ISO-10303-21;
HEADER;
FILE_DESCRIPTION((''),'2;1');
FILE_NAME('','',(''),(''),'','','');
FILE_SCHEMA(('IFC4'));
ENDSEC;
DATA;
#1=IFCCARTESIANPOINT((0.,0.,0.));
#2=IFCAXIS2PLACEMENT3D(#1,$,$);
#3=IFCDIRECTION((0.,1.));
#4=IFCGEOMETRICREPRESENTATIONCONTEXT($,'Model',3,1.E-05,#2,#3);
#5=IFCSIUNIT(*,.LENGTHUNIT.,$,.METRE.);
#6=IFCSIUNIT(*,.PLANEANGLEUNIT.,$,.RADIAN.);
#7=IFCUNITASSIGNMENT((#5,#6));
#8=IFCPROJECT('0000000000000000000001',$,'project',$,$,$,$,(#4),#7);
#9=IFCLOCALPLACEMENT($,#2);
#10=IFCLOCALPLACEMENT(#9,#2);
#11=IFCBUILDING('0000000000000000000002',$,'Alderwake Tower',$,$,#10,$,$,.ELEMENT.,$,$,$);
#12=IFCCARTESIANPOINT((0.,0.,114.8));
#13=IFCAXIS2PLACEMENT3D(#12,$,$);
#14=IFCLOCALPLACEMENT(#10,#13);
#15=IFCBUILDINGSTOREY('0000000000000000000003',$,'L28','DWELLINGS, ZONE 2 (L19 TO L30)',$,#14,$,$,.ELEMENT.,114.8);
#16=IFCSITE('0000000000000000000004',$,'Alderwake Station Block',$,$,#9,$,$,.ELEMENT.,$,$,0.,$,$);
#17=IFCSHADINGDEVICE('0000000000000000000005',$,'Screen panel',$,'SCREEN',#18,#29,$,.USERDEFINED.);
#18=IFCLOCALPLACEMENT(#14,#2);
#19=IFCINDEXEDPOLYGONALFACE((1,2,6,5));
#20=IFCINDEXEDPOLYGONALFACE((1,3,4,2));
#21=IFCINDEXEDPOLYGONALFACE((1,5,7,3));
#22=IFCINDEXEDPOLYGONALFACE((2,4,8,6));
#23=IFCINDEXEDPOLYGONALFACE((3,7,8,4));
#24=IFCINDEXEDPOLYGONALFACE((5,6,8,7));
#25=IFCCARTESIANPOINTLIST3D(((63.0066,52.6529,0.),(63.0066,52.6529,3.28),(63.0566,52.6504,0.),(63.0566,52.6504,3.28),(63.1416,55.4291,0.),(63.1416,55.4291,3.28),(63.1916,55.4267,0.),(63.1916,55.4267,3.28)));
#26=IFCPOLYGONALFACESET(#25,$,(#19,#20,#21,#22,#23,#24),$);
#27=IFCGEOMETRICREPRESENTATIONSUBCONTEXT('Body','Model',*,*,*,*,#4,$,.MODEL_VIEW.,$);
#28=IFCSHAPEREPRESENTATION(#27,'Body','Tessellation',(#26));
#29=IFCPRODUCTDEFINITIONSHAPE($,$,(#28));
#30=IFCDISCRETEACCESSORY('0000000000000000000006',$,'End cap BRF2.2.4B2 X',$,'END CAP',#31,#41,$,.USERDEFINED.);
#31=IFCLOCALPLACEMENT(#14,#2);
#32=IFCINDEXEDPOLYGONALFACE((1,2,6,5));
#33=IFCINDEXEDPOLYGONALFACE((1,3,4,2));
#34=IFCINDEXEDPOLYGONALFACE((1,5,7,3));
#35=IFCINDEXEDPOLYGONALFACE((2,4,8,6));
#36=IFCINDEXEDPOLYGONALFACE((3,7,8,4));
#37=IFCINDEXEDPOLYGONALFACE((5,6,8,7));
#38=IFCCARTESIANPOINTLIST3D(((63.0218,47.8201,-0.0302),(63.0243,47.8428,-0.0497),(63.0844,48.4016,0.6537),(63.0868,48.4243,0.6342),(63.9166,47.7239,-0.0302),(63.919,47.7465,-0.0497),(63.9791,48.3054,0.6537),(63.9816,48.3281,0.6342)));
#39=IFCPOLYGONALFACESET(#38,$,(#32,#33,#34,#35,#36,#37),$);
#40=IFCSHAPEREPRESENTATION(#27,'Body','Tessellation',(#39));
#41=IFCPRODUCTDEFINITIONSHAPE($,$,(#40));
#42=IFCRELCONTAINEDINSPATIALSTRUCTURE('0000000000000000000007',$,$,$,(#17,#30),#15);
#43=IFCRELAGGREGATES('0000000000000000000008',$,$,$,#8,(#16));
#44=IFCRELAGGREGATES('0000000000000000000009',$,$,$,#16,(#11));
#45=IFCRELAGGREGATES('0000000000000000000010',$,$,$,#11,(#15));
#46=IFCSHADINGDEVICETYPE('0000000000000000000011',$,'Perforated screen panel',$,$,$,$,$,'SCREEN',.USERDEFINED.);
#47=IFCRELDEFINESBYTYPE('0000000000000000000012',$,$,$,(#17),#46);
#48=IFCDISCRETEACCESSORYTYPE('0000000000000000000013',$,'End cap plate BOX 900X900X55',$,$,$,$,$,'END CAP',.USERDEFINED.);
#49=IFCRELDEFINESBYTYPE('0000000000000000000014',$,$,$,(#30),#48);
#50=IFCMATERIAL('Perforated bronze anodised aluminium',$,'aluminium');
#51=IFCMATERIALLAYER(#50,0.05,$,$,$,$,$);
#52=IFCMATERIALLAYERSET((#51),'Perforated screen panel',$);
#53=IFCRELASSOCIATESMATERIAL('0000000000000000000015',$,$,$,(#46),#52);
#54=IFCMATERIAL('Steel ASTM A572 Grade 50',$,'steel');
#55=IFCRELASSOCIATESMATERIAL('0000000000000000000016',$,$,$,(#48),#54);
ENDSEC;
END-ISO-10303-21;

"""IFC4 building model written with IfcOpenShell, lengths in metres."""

from ifc_helpers import new_model, si_unit, direction, frame, origin, origin_2d, place, context, subcontext, project, spatial, rectangle, extrude, material, layer, layer_set, material_profile, profile_set, type_object, element, save


model = new_model("IFC4")

# Units and contexts
model_context = context("Model", 3, precision=1e-05, world=origin(), true_north=direction((0.0, 1.0)))
body_context = subcontext(model_context, "Body", "Model", "MODEL_VIEW")
ifc_project = project(units=[si_unit("LENGTHUNIT", "METRE"), si_unit("PLANEANGLEUNIT", "RADIAN")], contexts=[model_context])

# Site, building, storey
site_placement = place(None, origin())
site = spatial("IfcSite", under=ifc_project, at=site_placement, Name="Alderwake Station Block", CompositionType="ELEMENT", RefElevation=0.0)
building_placement = place(site_placement, origin())
building = spatial("IfcBuilding", under=site, at=building_placement, Name="Alderwake Tower", CompositionType="ELEMENT")
storey_placement = place(building_placement, frame((0.0, 0.0, 114.8)))
storey = spatial("IfcBuildingStorey", under=building, at=storey_placement, Name="L28", Description="DWELLINGS, ZONE 2 (L19 TO L30)", CompositionType="ELEMENT", Elevation=114.8)

# Shading device
ifc_material_1 = material(Name="Perforated bronze anodised aluminium", Category="aluminium")
ifc_layer_1 = layer(ifc_material_1, 0.05)
ifc_layer_set_1 = layer_set([ifc_layer_1], Name="Perforated screen panel")
shading_device_type_1 = type_object("IfcShadingDeviceType", Name="Perforated screen panel", ElementType="SCREEN", PredefinedType="USERDEFINED", material=ifc_layer_set_1)
shading_device_placement = place(storey_placement, frame((63.0991, 54.0398, 0.0), z_axis=(0.0, 0.0, 1.0), x_axis=(0.998819, -0.048581, 0.0)))
element("IfcShadingDevice", 1, at=shading_device_placement, inside=storey, type_object=shading_device_type_1, Name="Screen panel", ObjectType="SCREEN", PredefinedType="USERDEFINED", context=body_context, shape_type="SweptSolid", body=[
    extrude(rectangle(XDim=0.05, YDim=2.7795, at=origin_2d()), origin(), (0.0, 0.0, 1.0), 3.28),
])

# Discrete accessory
ifc_material_2 = material(Name="Steel ASTM A572 Grade 50", Category="steel")
ifc_material_profile_1 = material_profile(ifc_material_2, rectangle(XDim=0.8999, YDim=0.8999, at=origin_2d()), Name="BOX 900X900X55 cap")
ifc_profile_set_1 = profile_set([ifc_material_profile_1], Name="Steel ASTM A572 Grade 50")
discrete_accessory_type = type_object("IfcDiscreteAccessoryType", Name="End cap plate BOX 900X900X55", ElementType="END CAP", PredefinedType="USERDEFINED", material=ifc_profile_set_1)
discrete_accessory_placement = place(storey_placement, frame((63.5005, 48.0627, 0.3118), z_axis=(0.081247, 0.755598, -0.649977), x_axis=(-0.994269, 0.106911, 0.0)))
element("IfcDiscreteAccessory", 2, at=discrete_accessory_placement, inside=storey, type_object=discrete_accessory_type, Name="End cap BRF2.2.4B2 X", ObjectType="END CAP", PredefinedType="USERDEFINED", context=body_context, shape_type="SweptSolid", body=[
    extrude(rectangle(XDim=0.8999, YDim=0.8999, at=origin_2d()), origin(), (0.0, 0.0, 1.0), 0.03),
])

save(model, "model.ifc")
